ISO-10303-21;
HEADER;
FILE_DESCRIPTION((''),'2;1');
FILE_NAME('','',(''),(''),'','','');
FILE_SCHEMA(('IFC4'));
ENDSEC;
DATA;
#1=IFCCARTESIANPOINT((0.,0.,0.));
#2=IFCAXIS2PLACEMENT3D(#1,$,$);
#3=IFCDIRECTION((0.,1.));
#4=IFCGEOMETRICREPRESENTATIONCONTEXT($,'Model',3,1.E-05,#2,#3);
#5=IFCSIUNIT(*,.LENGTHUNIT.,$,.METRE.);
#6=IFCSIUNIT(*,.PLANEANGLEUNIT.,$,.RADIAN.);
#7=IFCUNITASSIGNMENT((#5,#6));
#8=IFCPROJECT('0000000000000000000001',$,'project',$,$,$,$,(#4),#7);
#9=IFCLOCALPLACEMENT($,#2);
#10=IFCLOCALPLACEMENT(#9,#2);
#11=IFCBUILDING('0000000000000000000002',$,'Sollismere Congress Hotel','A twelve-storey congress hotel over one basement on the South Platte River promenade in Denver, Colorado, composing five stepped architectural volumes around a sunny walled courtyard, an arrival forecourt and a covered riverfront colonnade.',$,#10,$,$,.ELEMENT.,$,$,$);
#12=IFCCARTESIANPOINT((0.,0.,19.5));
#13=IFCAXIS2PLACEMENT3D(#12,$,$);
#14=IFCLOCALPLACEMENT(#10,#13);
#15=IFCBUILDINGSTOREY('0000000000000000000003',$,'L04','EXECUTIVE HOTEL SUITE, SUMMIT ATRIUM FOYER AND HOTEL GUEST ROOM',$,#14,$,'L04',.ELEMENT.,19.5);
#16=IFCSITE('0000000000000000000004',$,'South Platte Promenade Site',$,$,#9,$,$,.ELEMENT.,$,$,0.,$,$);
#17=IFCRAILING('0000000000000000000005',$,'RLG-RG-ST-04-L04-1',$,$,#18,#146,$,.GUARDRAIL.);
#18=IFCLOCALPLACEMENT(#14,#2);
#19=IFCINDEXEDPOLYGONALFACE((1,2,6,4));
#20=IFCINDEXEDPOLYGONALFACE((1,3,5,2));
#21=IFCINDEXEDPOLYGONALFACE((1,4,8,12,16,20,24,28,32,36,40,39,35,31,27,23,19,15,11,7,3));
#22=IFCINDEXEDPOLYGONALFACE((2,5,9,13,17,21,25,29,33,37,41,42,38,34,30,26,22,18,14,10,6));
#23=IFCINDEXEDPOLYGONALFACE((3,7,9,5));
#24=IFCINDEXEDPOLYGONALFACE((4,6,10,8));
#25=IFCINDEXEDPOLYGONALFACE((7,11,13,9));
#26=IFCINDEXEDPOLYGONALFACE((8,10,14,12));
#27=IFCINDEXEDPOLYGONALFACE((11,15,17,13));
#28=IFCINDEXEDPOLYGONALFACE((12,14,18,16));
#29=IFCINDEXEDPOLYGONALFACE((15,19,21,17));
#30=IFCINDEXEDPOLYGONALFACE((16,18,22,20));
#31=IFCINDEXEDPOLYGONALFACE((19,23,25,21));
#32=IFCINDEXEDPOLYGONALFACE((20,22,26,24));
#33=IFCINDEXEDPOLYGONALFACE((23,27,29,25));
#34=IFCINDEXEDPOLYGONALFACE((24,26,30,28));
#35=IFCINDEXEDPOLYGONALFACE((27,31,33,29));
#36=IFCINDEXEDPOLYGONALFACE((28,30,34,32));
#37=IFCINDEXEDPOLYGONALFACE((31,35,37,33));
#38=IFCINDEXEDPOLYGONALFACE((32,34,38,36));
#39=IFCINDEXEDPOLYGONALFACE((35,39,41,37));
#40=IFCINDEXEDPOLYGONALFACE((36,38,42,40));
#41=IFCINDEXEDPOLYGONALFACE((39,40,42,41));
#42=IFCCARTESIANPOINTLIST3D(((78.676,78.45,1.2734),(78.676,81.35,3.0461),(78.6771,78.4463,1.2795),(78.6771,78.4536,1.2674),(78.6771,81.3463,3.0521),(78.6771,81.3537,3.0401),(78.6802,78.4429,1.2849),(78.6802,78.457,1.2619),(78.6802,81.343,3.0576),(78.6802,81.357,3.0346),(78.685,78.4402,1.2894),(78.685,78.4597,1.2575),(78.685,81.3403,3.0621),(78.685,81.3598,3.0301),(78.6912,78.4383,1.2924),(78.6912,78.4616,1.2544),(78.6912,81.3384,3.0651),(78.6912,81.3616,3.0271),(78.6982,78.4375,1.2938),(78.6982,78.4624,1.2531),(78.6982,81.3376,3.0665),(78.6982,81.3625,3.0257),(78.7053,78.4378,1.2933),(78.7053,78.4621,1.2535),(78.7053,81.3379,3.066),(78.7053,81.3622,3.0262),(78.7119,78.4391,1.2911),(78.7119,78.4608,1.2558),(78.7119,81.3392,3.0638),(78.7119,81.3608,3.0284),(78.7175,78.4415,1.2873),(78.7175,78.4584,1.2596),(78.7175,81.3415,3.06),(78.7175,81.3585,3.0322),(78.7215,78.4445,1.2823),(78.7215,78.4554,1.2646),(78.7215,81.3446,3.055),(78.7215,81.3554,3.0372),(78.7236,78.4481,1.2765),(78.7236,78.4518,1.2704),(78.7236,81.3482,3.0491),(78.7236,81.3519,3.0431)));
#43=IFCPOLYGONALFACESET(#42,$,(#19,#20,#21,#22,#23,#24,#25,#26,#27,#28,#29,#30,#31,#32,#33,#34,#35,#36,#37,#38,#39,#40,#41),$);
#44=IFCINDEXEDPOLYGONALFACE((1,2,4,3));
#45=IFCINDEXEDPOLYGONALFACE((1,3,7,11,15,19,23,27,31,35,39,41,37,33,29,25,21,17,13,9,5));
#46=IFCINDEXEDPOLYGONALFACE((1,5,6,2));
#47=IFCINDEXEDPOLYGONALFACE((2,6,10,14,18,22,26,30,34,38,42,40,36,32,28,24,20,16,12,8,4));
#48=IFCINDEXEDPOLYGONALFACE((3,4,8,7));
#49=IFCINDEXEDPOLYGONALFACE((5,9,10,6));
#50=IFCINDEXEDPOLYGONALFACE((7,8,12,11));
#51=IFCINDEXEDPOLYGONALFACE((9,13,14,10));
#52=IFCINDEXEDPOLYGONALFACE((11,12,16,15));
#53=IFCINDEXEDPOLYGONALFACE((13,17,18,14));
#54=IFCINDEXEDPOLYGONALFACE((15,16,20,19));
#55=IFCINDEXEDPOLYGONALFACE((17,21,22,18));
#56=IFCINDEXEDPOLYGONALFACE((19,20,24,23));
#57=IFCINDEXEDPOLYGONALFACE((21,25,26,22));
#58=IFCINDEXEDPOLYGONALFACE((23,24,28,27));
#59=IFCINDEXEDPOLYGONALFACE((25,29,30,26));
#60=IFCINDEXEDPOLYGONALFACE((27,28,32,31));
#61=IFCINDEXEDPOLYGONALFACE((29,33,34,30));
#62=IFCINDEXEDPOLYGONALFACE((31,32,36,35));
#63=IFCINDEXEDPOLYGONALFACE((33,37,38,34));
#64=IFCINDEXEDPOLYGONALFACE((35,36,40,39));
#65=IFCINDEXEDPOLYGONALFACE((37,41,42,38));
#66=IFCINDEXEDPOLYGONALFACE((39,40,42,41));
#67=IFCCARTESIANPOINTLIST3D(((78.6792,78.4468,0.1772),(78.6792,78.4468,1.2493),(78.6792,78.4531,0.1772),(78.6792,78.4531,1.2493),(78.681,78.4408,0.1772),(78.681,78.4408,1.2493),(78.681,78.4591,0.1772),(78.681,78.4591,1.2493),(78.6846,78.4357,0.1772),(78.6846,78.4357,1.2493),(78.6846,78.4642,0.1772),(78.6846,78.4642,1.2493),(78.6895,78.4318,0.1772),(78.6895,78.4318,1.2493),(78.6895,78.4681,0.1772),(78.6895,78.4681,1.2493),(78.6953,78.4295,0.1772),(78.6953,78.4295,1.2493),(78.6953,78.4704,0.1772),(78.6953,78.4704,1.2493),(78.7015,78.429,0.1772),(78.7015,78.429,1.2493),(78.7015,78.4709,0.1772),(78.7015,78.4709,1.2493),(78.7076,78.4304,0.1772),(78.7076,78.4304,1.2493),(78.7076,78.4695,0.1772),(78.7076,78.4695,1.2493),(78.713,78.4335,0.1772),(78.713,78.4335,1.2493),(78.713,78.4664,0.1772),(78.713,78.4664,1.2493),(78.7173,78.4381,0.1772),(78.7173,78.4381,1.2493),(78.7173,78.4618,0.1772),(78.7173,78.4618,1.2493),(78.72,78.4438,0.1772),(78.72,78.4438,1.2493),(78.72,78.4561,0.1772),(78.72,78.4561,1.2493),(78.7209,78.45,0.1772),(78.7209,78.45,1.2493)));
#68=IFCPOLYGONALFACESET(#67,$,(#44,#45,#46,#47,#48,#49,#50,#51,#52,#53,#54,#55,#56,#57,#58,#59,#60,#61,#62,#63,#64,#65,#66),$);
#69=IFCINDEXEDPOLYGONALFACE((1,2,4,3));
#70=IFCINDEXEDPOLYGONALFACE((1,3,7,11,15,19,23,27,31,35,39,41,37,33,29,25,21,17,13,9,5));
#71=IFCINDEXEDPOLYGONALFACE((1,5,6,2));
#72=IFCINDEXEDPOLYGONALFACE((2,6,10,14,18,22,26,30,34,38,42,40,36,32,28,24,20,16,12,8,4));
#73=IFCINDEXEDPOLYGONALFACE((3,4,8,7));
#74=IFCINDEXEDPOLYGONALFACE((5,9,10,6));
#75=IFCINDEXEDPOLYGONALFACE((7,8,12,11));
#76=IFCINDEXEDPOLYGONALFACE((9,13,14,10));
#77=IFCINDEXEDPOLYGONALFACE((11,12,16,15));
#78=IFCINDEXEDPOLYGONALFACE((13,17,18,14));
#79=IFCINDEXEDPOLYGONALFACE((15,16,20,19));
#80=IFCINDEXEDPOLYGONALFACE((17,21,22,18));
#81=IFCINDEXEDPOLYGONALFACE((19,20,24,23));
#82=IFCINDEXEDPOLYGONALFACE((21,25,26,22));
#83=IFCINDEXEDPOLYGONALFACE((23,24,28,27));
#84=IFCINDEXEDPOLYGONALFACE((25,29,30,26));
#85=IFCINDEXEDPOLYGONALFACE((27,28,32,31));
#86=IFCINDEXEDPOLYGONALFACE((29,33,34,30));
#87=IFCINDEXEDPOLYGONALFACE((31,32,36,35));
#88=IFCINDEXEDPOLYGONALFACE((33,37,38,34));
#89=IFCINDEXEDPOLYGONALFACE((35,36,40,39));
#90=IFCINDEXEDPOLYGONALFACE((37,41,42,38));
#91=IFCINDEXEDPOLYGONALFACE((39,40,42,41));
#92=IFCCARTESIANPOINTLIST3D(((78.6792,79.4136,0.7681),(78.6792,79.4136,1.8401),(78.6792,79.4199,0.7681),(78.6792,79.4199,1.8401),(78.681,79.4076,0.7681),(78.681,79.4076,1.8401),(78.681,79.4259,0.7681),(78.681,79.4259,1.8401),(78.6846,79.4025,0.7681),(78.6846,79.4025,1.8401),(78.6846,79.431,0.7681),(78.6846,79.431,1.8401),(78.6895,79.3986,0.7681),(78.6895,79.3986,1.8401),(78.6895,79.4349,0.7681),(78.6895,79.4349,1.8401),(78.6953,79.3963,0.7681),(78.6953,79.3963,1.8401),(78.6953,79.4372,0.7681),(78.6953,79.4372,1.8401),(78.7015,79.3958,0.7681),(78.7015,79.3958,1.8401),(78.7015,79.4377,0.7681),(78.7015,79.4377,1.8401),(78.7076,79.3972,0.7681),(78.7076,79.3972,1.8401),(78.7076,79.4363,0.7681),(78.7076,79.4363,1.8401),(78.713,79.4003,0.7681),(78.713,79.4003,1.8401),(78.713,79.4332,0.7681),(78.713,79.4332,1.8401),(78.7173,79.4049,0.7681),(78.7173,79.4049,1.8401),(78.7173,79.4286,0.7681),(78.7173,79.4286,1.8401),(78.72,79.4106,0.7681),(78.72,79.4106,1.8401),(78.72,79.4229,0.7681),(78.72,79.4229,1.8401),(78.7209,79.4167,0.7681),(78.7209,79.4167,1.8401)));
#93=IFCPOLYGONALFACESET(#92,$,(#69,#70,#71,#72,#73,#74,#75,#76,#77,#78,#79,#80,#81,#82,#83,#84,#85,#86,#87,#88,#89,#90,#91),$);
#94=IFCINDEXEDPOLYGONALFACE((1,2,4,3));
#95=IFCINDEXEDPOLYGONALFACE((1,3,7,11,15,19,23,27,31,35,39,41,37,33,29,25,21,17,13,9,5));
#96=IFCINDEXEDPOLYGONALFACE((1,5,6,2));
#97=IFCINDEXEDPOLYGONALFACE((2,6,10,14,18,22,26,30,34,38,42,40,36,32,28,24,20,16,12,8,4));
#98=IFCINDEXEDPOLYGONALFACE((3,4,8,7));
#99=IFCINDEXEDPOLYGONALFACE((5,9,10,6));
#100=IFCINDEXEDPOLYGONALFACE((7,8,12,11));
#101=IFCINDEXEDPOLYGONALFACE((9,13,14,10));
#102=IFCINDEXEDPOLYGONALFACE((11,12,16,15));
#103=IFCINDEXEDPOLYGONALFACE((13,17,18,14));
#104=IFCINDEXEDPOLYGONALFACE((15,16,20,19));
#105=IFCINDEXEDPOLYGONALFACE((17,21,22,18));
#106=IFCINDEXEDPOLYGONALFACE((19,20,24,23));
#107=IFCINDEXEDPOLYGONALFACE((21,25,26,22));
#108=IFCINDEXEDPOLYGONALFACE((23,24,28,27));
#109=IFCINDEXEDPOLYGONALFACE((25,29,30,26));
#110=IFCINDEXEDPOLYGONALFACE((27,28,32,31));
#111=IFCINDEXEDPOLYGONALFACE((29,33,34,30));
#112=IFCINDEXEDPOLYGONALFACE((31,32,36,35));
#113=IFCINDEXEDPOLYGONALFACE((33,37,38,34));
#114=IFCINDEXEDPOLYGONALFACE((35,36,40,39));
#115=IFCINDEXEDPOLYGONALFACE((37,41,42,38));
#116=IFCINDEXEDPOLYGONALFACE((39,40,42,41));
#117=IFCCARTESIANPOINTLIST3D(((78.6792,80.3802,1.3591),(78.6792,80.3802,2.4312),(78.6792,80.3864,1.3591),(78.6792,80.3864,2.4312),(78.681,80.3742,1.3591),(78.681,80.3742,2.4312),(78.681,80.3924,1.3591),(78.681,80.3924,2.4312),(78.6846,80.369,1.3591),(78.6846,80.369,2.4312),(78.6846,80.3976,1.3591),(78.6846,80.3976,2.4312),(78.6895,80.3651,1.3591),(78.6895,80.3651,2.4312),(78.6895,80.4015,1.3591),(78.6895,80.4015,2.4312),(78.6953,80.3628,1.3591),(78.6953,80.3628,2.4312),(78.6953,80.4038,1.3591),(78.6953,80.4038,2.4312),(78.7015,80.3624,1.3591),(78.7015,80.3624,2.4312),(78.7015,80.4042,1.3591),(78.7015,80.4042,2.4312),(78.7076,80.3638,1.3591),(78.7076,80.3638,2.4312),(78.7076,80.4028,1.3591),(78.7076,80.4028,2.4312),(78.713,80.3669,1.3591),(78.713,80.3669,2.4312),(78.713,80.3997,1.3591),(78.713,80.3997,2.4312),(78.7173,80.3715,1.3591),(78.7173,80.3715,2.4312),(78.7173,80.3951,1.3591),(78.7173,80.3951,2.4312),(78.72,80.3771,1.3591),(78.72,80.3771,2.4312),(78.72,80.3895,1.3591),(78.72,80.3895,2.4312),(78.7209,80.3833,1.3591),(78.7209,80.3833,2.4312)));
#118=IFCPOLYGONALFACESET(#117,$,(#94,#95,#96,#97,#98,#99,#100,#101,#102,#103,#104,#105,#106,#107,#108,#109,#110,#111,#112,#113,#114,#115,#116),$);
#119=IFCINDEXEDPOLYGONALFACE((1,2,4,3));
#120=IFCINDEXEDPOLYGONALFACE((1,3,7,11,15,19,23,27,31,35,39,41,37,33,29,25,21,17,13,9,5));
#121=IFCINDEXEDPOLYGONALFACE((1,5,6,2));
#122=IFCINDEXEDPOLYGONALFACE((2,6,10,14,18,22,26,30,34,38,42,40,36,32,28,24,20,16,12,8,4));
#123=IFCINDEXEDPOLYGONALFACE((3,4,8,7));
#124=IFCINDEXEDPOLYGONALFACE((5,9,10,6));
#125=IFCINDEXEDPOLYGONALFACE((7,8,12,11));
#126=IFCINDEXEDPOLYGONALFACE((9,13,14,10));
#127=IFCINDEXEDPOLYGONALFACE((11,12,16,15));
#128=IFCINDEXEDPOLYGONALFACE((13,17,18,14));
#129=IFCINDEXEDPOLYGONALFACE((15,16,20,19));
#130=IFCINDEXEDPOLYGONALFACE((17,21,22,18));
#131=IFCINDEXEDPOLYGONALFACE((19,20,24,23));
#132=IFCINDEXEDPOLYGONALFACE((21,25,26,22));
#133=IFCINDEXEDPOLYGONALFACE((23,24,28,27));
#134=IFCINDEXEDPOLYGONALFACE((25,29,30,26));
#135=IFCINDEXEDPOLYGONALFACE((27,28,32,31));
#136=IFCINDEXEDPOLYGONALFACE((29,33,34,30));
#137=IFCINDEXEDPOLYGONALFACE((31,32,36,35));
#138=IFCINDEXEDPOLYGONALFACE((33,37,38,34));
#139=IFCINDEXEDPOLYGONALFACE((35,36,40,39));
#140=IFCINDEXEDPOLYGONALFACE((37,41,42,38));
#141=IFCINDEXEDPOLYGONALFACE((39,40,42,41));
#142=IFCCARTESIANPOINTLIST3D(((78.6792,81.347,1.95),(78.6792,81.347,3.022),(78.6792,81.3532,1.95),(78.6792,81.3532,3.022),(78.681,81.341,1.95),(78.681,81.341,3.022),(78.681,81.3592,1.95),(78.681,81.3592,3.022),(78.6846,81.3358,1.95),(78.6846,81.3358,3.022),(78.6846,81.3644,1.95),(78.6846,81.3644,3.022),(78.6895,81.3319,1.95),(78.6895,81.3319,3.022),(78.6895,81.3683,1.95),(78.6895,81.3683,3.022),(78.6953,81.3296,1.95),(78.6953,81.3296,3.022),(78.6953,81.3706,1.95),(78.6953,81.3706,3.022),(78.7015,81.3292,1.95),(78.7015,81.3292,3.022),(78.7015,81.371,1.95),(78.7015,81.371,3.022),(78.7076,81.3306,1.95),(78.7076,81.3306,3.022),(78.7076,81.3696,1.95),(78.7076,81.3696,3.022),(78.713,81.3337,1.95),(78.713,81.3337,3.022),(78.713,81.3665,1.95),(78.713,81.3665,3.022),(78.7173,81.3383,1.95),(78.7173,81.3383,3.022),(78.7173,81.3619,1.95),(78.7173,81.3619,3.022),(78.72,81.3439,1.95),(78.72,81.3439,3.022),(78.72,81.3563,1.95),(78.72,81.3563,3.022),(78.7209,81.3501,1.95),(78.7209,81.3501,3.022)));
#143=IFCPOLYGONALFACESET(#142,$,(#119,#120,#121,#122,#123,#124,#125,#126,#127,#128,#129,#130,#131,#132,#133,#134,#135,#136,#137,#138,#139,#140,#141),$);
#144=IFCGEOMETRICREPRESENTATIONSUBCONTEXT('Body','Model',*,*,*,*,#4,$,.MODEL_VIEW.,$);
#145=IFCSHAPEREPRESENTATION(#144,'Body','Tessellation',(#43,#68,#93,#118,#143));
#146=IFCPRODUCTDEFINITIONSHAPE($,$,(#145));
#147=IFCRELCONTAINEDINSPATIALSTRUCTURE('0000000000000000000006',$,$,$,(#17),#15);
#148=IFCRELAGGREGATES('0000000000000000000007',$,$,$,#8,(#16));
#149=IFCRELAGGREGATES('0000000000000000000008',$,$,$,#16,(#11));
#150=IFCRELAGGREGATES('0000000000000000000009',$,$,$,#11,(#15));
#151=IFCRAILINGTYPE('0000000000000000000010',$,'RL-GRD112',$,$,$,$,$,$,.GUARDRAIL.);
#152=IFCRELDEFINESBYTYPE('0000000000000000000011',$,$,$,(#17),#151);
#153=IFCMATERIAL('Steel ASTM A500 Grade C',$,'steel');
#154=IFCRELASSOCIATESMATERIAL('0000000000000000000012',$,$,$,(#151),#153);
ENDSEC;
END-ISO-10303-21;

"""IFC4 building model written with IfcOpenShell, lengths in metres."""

from ifc_helpers import new_model, si_unit, direction, frame, origin, origin_2d, place, context, subcontext, project, spatial, circle, extrude, material, type_object, element, save


model = new_model("IFC4")

# Units and contexts
model_context = context("Model", 3, precision=1e-05, world=origin(), true_north=direction((0.0, 1.0)))
body_context = subcontext(model_context, "Body", "Model", "MODEL_VIEW")
ifc_project = project(units=[si_unit("LENGTHUNIT", "METRE"), si_unit("PLANEANGLEUNIT", "RADIAN")], contexts=[model_context])

# Site, building, storey
site_placement = place(None, origin())
site = spatial("IfcSite", under=ifc_project, at=site_placement, Name="South Platte Promenade Site", CompositionType="ELEMENT", RefElevation=0.0)
building_placement = place(site_placement, origin())
building = spatial("IfcBuilding", under=site, at=building_placement, Name="Sollismere Congress Hotel", Description="A twelve-storey congress hotel over one basement on the South Platte River promenade in Denver, Colorado, composing five stepped architectural volumes around a sunny walled courtyard, an arrival forecourt and a covered riverfront colonnade.", CompositionType="ELEMENT")
storey_placement = place(building_placement, frame((0.0, 0.0, 19.5)))
storey = spatial("IfcBuildingStorey", under=building, at=storey_placement, Name="L04", Description="EXECUTIVE HOTEL SUITE, SUMMIT ATRIUM FOYER AND HOTEL GUEST ROOM", LongName="L04", CompositionType="ELEMENT", Elevation=19.5)

# Railing
ifc_material_1 = material(Name="Steel ASTM A500 Grade C", Category="steel")
railing_type_1 = type_object("IfcRailingType", Name="RL-GRD112", PredefinedType="GUARDRAIL", material=ifc_material_1)
railing_1_placement = place(storey_placement, frame((78.7, 78.45, 0.1772)))
element("IfcRailing", 1, at=railing_1_placement, inside=storey, type_object=railing_type_1, Name="RLG-RG-ST-04-L04-1", PredefinedType="GUARDRAIL", context=body_context, shape_type="SweptSolid", body=[
    extrude(circle(Radius=0.0239, at=origin_2d()), frame((0.0, 0.0, 1.0962), z_axis=(0.0, 0.85323, 0.521534), x_axis=(-1.0, 0.0, 0.0)), (0.0, 0.0, 1.0), 3.3989),
    extrude(circle(Radius=0.021, at=origin_2d()), origin(), (0.0, 0.0, 1.0), 1.072),
    extrude(circle(Radius=0.021, at=origin_2d()), frame((0.0, 0.9668, 0.5908)), (0.0, 0.0, 1.0), 1.072),
    extrude(circle(Radius=0.021, at=origin_2d()), frame((0.0, 1.9333, 1.1819)), (0.0, 0.0, 1.0), 1.072),
    extrude(circle(Radius=0.021, at=origin_2d()), frame((0.0, 2.9001, 1.7727)), (0.0, 0.0, 1.0), 1.072),
])

save(model, "model.ifc")
